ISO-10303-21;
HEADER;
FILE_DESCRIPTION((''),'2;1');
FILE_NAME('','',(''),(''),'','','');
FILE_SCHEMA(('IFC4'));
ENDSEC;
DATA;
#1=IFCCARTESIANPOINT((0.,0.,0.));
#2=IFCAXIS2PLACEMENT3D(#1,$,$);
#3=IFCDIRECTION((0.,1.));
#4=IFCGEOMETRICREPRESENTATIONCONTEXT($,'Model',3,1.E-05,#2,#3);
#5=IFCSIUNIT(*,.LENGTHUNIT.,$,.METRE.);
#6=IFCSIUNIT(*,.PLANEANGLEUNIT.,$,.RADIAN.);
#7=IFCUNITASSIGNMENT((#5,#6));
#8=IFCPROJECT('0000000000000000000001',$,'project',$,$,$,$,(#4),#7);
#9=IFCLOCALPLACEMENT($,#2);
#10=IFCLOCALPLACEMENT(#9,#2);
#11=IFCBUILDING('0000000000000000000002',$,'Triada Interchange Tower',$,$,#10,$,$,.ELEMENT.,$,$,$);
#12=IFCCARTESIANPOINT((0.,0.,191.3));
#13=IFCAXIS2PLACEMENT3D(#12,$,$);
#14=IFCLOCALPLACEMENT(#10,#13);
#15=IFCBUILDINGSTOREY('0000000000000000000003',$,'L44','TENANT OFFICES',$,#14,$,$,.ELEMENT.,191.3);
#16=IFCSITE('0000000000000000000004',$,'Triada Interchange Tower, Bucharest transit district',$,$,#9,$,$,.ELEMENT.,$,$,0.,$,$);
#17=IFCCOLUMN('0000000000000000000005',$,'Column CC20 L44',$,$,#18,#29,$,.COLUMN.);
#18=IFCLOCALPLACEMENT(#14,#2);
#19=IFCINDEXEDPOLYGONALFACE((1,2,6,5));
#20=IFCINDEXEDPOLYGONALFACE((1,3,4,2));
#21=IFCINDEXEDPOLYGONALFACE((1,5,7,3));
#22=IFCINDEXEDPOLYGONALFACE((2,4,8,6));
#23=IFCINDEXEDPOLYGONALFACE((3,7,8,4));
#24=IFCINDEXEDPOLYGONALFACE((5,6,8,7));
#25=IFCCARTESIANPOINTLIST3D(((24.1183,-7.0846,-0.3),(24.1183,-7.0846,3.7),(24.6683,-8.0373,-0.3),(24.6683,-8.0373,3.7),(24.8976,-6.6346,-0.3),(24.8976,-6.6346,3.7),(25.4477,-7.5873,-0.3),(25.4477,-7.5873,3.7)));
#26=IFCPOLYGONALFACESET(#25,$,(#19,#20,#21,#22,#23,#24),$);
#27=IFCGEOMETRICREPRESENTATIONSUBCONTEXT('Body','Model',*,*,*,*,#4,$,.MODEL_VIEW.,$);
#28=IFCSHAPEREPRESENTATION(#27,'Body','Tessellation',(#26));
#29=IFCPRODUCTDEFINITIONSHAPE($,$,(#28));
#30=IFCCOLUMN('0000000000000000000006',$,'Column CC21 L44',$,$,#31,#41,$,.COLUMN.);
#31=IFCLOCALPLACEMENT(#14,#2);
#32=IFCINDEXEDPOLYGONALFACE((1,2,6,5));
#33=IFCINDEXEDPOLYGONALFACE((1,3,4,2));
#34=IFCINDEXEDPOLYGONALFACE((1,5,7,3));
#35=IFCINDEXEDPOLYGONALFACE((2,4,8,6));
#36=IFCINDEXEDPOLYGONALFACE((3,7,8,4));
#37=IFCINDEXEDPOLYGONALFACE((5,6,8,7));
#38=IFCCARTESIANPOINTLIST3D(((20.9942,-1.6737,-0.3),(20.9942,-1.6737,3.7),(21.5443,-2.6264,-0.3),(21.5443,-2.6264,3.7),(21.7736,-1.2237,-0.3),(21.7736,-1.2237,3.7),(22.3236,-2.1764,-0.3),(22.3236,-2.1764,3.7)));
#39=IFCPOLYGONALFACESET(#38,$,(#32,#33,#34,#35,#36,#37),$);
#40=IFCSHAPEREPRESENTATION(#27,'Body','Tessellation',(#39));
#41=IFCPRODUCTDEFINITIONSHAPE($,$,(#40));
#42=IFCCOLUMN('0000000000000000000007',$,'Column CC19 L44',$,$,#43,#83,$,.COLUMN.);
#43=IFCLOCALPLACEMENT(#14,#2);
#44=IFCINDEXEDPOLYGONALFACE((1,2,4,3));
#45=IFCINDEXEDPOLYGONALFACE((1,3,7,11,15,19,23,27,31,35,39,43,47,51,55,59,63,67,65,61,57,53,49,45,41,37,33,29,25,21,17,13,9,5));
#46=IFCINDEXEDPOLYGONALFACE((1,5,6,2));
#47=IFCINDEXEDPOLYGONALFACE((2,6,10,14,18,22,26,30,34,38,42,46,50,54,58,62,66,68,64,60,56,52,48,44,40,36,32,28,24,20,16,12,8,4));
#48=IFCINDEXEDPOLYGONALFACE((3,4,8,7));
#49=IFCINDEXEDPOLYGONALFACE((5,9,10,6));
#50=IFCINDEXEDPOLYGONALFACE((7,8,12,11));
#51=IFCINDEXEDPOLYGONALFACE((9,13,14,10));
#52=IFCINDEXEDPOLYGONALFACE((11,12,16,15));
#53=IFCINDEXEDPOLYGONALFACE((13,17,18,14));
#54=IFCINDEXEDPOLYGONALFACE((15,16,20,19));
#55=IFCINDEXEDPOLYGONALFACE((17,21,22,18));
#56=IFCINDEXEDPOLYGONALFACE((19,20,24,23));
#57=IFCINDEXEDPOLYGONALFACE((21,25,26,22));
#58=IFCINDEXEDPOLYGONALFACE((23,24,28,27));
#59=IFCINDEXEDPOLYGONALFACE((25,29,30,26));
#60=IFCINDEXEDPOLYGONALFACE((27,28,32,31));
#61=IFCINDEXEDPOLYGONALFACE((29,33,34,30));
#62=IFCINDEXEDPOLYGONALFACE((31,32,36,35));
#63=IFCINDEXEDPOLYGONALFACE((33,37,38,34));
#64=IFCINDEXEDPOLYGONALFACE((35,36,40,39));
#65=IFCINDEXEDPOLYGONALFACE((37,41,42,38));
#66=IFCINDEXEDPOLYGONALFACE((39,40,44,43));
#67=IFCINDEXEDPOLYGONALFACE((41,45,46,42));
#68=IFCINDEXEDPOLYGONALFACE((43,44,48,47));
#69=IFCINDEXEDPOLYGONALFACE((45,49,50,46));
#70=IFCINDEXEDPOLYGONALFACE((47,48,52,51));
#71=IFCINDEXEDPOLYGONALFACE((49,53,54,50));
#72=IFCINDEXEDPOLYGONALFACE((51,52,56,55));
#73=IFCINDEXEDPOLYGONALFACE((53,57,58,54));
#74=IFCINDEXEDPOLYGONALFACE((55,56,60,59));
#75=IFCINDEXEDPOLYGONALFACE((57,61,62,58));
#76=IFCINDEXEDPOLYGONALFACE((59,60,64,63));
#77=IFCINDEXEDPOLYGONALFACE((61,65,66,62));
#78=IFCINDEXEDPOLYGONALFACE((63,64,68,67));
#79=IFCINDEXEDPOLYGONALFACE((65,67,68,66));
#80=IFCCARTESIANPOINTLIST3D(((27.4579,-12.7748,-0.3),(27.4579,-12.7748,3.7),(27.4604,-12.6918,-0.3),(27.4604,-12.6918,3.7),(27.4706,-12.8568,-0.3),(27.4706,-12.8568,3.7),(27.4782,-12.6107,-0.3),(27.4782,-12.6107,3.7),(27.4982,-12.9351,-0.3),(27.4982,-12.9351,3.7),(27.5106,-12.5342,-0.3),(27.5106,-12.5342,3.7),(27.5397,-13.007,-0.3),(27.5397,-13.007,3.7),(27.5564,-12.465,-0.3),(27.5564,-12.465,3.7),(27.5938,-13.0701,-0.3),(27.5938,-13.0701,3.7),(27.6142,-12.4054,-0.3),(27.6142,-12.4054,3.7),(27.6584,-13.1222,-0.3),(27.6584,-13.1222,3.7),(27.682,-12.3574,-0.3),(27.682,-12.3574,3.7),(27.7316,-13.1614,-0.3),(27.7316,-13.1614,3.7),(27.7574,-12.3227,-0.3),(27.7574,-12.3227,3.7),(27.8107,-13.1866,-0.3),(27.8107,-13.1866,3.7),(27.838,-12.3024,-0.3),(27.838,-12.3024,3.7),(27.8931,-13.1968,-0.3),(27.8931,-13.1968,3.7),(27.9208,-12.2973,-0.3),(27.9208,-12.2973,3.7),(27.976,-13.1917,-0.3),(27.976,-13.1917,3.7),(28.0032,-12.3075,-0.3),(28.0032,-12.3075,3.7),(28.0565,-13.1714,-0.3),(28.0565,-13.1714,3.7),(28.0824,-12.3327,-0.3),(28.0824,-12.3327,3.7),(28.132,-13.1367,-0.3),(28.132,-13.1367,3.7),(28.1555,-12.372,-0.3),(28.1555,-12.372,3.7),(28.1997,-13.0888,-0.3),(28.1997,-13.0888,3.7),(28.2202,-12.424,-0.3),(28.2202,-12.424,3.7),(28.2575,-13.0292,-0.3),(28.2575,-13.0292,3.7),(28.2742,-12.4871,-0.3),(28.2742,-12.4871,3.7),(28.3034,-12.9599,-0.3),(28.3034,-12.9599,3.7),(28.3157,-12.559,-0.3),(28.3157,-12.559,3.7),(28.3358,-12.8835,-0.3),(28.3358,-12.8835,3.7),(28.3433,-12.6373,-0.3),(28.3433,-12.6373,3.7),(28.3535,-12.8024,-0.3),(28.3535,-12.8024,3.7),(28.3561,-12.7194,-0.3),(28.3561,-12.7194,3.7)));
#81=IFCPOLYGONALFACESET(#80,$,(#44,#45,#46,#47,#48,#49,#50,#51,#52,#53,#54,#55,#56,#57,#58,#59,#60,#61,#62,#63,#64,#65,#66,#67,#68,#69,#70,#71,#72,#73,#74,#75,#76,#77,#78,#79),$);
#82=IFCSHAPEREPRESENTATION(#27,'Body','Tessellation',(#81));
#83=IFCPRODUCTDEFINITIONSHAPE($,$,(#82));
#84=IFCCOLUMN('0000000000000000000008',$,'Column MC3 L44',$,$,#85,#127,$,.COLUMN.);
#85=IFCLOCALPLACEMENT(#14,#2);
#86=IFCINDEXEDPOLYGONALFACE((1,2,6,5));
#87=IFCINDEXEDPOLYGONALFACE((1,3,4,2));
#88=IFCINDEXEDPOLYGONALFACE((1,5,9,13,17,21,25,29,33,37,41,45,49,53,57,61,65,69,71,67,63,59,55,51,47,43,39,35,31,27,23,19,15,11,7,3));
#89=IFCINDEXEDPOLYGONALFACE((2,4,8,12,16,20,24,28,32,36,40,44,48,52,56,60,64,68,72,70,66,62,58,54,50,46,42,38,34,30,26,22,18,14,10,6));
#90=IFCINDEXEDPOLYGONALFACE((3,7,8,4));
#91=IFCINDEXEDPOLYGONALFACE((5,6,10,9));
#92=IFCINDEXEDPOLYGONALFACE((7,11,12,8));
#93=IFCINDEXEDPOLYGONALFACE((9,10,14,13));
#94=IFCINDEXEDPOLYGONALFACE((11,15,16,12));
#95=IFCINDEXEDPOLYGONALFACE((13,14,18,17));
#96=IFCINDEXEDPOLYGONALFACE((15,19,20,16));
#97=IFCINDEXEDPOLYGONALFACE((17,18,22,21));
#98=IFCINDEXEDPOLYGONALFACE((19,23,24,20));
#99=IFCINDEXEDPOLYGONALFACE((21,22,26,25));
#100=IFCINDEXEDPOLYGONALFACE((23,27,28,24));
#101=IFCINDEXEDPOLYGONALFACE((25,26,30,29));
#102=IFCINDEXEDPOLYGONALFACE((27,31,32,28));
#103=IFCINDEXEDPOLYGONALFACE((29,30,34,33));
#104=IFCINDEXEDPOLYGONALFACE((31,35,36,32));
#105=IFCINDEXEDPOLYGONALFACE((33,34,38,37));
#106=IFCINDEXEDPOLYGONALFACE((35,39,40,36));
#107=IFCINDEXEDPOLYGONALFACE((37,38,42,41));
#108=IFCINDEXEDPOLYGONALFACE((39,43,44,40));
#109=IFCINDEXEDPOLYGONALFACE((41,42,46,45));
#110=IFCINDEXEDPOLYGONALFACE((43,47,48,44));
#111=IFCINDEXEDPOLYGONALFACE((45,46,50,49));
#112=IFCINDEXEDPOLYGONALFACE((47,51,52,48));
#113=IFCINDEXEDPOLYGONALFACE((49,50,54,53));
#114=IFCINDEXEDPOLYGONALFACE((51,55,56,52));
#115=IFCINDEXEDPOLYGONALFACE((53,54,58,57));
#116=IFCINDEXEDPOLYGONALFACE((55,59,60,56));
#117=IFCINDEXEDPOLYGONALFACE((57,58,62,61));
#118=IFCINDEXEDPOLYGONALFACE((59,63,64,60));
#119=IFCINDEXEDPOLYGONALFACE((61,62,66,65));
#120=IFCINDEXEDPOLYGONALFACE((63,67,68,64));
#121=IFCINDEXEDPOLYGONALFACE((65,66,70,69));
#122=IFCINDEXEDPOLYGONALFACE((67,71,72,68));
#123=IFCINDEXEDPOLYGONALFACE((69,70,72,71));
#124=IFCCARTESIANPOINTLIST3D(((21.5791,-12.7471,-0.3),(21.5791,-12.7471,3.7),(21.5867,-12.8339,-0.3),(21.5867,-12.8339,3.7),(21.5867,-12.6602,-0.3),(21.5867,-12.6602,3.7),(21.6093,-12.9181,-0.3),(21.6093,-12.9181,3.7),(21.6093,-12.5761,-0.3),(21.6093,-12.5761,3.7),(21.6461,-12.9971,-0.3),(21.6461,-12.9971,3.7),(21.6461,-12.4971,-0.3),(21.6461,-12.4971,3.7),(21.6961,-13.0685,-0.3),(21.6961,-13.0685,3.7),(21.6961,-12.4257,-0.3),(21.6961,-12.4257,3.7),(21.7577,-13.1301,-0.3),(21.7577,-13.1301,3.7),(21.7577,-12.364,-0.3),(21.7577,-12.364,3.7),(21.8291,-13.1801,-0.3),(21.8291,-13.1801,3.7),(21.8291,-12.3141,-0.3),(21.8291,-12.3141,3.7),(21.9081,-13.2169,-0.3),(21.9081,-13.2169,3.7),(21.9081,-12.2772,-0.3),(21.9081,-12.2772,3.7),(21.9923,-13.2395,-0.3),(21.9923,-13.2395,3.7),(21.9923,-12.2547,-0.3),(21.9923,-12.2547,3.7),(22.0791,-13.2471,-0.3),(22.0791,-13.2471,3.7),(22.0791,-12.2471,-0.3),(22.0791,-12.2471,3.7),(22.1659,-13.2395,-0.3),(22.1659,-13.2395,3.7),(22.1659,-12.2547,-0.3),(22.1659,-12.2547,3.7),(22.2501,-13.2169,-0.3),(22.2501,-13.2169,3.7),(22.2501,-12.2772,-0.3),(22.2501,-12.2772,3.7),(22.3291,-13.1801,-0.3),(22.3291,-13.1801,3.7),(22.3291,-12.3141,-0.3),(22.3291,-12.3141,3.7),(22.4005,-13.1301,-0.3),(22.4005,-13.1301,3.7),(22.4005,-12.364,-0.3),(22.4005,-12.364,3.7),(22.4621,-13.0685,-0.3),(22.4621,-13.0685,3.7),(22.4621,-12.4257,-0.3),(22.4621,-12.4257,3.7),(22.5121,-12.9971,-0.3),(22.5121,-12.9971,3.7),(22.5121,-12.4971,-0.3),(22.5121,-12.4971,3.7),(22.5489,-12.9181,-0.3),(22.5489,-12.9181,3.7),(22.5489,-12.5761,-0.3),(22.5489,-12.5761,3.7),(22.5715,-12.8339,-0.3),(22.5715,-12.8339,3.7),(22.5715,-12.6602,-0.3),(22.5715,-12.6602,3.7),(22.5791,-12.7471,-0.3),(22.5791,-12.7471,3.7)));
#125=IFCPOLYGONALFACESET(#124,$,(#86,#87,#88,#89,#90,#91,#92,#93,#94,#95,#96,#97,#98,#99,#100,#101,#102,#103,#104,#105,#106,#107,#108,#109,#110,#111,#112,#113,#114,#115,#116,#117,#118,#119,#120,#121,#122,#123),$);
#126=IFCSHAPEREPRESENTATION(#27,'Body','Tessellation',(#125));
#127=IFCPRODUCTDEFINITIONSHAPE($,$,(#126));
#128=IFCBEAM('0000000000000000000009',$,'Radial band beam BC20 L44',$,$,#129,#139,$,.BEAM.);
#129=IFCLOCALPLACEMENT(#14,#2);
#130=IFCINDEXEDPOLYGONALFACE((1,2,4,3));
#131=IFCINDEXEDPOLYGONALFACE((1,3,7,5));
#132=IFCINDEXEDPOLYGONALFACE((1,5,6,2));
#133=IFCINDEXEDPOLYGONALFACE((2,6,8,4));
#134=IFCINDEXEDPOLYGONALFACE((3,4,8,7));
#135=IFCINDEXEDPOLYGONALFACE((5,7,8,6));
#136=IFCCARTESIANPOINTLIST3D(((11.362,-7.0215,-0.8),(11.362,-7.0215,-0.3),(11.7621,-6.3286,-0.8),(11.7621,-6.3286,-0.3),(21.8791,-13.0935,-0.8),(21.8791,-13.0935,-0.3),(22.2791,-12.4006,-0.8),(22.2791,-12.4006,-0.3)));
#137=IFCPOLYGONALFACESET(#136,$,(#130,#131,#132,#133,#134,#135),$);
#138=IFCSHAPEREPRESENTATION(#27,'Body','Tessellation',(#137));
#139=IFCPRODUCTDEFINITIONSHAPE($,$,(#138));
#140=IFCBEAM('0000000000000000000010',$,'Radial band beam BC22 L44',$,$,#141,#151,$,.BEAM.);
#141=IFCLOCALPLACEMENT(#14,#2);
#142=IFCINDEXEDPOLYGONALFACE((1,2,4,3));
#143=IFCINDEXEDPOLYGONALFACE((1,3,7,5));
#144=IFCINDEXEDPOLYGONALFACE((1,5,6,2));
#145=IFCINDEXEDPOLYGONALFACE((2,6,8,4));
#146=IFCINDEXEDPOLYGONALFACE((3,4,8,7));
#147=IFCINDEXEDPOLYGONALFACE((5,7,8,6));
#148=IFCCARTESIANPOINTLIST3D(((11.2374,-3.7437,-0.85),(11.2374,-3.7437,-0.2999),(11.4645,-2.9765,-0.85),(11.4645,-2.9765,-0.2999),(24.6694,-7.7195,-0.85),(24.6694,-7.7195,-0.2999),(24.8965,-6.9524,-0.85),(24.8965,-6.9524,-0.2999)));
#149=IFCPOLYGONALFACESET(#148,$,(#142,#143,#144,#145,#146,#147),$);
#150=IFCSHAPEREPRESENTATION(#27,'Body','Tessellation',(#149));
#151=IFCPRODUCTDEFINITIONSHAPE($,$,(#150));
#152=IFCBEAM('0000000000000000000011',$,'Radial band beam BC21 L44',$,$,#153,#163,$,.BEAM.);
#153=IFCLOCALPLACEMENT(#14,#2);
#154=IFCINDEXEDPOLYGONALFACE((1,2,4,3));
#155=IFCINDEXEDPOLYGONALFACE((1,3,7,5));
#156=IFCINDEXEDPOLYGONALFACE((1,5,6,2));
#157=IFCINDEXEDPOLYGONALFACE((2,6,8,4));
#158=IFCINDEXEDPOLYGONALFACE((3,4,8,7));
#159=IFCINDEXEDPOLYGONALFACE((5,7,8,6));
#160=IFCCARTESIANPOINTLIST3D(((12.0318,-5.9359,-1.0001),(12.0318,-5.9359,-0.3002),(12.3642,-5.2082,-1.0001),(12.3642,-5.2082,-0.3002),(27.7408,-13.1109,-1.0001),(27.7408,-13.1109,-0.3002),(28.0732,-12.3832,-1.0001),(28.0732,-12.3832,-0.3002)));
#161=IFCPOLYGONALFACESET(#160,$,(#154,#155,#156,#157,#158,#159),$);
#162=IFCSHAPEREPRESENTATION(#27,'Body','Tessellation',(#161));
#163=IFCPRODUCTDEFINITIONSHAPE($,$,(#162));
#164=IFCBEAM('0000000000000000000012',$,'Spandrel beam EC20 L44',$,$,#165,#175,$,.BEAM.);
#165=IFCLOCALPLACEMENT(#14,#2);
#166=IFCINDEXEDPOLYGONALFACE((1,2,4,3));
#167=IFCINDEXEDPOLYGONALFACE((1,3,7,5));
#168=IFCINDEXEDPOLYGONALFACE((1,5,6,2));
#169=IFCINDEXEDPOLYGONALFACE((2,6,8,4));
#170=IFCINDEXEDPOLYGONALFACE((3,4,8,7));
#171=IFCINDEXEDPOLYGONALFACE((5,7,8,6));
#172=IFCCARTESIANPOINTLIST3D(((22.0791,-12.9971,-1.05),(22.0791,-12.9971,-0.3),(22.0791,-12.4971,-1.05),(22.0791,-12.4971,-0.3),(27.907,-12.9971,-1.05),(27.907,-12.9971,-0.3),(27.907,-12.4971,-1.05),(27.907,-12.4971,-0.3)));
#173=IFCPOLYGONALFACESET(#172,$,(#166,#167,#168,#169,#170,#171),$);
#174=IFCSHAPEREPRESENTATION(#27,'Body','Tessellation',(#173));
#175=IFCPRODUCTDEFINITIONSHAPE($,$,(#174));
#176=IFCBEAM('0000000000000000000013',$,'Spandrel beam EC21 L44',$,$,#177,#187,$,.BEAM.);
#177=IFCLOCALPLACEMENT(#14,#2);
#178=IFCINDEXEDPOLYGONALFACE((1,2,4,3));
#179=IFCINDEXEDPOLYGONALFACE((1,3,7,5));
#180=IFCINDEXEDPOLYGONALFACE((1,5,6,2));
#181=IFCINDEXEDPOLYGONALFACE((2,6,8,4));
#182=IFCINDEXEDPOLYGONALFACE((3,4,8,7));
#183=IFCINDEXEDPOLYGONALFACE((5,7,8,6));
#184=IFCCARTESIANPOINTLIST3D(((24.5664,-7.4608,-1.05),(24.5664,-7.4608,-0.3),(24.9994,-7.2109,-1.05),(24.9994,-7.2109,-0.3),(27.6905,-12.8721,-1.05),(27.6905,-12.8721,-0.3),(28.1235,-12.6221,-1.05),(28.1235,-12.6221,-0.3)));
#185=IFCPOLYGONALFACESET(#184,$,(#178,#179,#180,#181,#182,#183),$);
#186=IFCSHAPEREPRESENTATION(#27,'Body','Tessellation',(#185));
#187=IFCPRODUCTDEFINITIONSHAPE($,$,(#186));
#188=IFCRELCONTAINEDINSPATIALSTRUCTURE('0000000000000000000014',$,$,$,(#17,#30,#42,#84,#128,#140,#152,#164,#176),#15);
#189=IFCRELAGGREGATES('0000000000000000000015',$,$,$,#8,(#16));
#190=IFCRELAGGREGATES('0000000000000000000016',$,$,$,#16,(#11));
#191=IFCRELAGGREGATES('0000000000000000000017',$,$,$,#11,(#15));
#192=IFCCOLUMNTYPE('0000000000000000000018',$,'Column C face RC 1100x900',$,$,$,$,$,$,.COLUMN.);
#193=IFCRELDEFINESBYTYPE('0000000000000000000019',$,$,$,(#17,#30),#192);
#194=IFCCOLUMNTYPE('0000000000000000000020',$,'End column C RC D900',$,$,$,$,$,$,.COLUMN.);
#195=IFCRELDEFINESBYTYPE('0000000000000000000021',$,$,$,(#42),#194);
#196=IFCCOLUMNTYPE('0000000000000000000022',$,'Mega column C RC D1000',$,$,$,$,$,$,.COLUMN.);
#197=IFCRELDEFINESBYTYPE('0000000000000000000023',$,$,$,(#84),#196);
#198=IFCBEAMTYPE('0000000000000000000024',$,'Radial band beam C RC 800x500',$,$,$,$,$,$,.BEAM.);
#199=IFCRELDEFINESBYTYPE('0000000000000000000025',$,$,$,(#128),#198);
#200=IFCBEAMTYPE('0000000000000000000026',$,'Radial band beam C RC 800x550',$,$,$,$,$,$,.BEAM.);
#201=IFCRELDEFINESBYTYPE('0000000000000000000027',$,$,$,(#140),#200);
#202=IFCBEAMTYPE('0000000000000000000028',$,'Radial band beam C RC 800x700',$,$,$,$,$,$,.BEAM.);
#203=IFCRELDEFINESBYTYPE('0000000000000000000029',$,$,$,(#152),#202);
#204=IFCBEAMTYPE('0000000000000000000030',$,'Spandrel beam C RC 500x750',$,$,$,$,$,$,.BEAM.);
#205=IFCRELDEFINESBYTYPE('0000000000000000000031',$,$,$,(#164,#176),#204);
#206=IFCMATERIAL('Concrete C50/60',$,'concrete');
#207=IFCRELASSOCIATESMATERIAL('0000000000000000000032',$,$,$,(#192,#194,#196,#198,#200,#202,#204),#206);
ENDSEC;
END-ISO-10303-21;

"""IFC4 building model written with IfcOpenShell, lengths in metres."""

from ifc_helpers import new_model, si_unit, direction, frame, origin, origin_2d, place, context, subcontext, project, spatial, rectangle, circle, extrude, material, material_profile, profile_set, type_object, element, save


model = new_model("IFC4")

# Units and contexts
model_context = context("Model", 3, precision=1e-05, world=origin(), true_north=direction((0.0, 1.0)))
body_context = subcontext(model_context, "Body", "Model", "MODEL_VIEW")
ifc_project = project(units=[si_unit("LENGTHUNIT", "METRE"), si_unit("PLANEANGLEUNIT", "RADIAN")], contexts=[model_context])

# Site, building, storey
site_placement = place(None, origin())
site = spatial("IfcSite", under=ifc_project, at=site_placement, Name="Triada Interchange Tower, Bucharest transit district", CompositionType="ELEMENT", RefElevation=0.0)
building_placement = place(site_placement, origin())
building = spatial("IfcBuilding", under=site, at=building_placement, Name="Triada Interchange Tower", CompositionType="ELEMENT")
storey_placement = place(building_placement, frame((0.0, 0.0, 191.3)))
storey = spatial("IfcBuildingStorey", under=building, at=storey_placement, Name="L44", Description="TENANT OFFICES", CompositionType="ELEMENT", Elevation=191.3)

# Columns
ifc_material_1 = material(Name="Concrete C50/60", Category="concrete")
ifc_material_profile_1 = material_profile(ifc_material_1, rectangle(XDim=1.1001, YDim=0.8999, at=origin_2d()), Name="RC 1100x900")
ifc_profile_set_1 = profile_set([ifc_material_profile_1], Name="Concrete C50/60")
column_type_1 = type_object("IfcColumnType", Name="Column C face RC 1100x900", PredefinedType="COLUMN", material=ifc_profile_set_1)
for number, where, z_axis, x_axis, name in (
    (1, (24.783, -7.3359, -0.3), (0.0, 0.0, 1.0), (-0.5, 0.866025, 0.0), "Column CC20 L44"),
    (2, (21.6589, -1.925, -0.3), (0.0, 0.0, 1.0), (-0.5, 0.866025, 0.0), "Column CC21 L44"),
):
    element("IfcColumn", number, at=place(storey_placement, frame(where, z_axis=z_axis, x_axis=x_axis)), inside=storey, type_object=column_type_1, Name=name, PredefinedType="COLUMN", context=body_context, shape_type="SweptSolid", body=[
        extrude(rectangle(XDim=1.1001, YDim=0.8999, at=origin_2d()), origin(), (0.0, 0.0, 1.0), 4.0),
    ])
ifc_material_profile_2 = material_profile(ifc_material_1, circle(Radius=0.45, at=origin_2d()), Name="RC D900")
ifc_profile_set_2 = profile_set([ifc_material_profile_2], Name="Concrete C50/60")
column_type_2 = type_object("IfcColumnType", Name="End column C RC D900", PredefinedType="COLUMN", material=ifc_profile_set_2)
column_1_placement = place(storey_placement, frame((27.907, -12.7471, -0.3), z_axis=(0.0, 0.0, 1.0), x_axis=(-0.5, 0.866025, 0.0)))
element("IfcColumn", 3, at=column_1_placement, inside=storey, type_object=column_type_2, Name="Column CC19 L44", PredefinedType="COLUMN", context=body_context, shape_type="SweptSolid", body=[
    extrude(circle(Radius=0.45, at=origin_2d()), origin(), (0.0, 0.0, 1.0), 4.0),
])
ifc_material_profile_3 = material_profile(ifc_material_1, circle(Radius=0.5, at=origin_2d()), Name="RC D1000")
ifc_profile_set_3 = profile_set([ifc_material_profile_3], Name="Concrete C50/60")
column_type_3 = type_object("IfcColumnType", Name="Mega column C RC D1000", PredefinedType="COLUMN", material=ifc_profile_set_3)
column_2_placement = place(storey_placement, frame((22.0791, -12.7471, -0.3), z_axis=(0.0, 0.0, 1.0), x_axis=(1.0, 0.0, 0.0)))
element("IfcColumn", 4, at=column_2_placement, inside=storey, type_object=column_type_3, Name="Column MC3 L44", PredefinedType="COLUMN", context=body_context, shape_type="SweptSolid", body=[
    extrude(circle(Radius=0.5, at=origin_2d()), origin(), (0.0, 0.0, 1.0), 4.0),
])

# Beams
ifc_material_profile_4 = material_profile(ifc_material_1, rectangle(XDim=0.8, YDim=0.5, at=origin_2d()), Name="RC 800x500")
ifc_profile_set_4 = profile_set([ifc_material_profile_4], Name="Concrete C50/60")
beam_type_1 = type_object("IfcBeamType", Name="Radial band beam C RC 800x500", PredefinedType="BEAM", material=ifc_profile_set_4)
beam_1_placement = place(storey_placement, frame((22.0791, -12.7471, -0.55), z_axis=(-0.866026, 0.499999, 0.0), x_axis=(-0.499999, -0.866026, 0.0)))
element("IfcBeam", 5, at=beam_1_placement, inside=storey, type_object=beam_type_1, Name="Radial band beam BC20 L44", PredefinedType="BEAM", context=body_context, shape_type="SweptSolid", body=[
    extrude(rectangle(XDim=0.8, YDim=0.5, at=origin_2d()), origin(), (0.0, 0.0, 1.0), 12.144),
])
ifc_material_profile_5 = material_profile(ifc_material_1, rectangle(XDim=0.8, YDim=0.55, at=origin_2d()), Name="RC 800x550")
ifc_profile_set_5 = profile_set([ifc_material_profile_5], Name="Concrete C50/60")
beam_type_2 = type_object("IfcBeamType", Name="Radial band beam C RC 800x550", PredefinedType="BEAM", material=ifc_profile_set_5)
beam_2_placement = place(storey_placement, frame((24.783, -7.3359, -0.575), z_axis=(-0.958876, 0.283827, 0.0), x_axis=(-0.283827, -0.958876, 0.0)))
element("IfcBeam", 6, at=beam_2_placement, inside=storey, type_object=beam_type_2, Name="Radial band beam BC22 L44", PredefinedType="BEAM", context=body_context, shape_type="SweptSolid", body=[
    extrude(rectangle(XDim=0.8, YDim=0.55, at=origin_2d()), origin(), (0.0, 0.0, 1.0), 14.0081),
])
ifc_material_profile_6 = material_profile(ifc_material_1, rectangle(XDim=0.8, YDim=0.7, at=origin_2d()), Name="RC 800x700")
ifc_profile_set_6 = profile_set([ifc_material_profile_6], Name="Concrete C50/60")
beam_type_3 = type_object("IfcBeamType", Name="Radial band beam C RC 800x700", PredefinedType="BEAM", material=ifc_profile_set_6)
beam_3_placement = place(storey_placement, frame((27.907, -12.7471, -0.6501), z_axis=(-0.90961, 0.415463, 0.0), x_axis=(-0.415463, -0.90961, 0.0)))
element("IfcBeam", 7, at=beam_3_placement, inside=storey, type_object=beam_type_3, Name="Radial band beam BC21 L44", PredefinedType="BEAM", context=body_context, shape_type="SweptSolid", body=[
    extrude(rectangle(XDim=0.8, YDim=0.7, at=origin_2d()), origin(), (0.0, 0.0, 1.0), 17.27),
])
ifc_material_profile_7 = material_profile(ifc_material_1, rectangle(XDim=0.5, YDim=0.75, at=origin_2d()), Name="RC 500x750")
ifc_profile_set_7 = profile_set([ifc_material_profile_7], Name="Concrete C50/60")
beam_type_4 = type_object("IfcBeamType", Name="Spandrel beam C RC 500x750", PredefinedType="BEAM", material=ifc_profile_set_7)
beam_4_placement = place(storey_placement, frame((22.0791, -12.7471, -0.675), z_axis=(1.0, 0.0, 0.0), x_axis=(0.0, 1.0, 0.0)))
element("IfcBeam", 8, at=beam_4_placement, inside=storey, type_object=beam_type_4, Name="Spandrel beam EC20 L44", PredefinedType="BEAM", context=body_context, shape_type="SweptSolid", body=[
    extrude(rectangle(XDim=0.5, YDim=0.75, at=origin_2d()), origin(), (0.0, 0.0, 1.0), 5.8279),
])
beam_5_placement = place(storey_placement, frame((27.907, -12.7471, -0.675), z_axis=(-0.499989, 0.866032, 0.0), x_axis=(-0.866032, -0.499989, 0.0)))
element("IfcBeam", 9, at=beam_5_placement, inside=storey, type_object=beam_type_4, Name="Spandrel beam EC21 L44", PredefinedType="BEAM", context=body_context, shape_type="SweptSolid", body=[
    extrude(rectangle(XDim=0.5, YDim=0.75, at=origin_2d()), origin(), (0.0, 0.0, 1.0), 6.2483),
])

save(model, "model.ifc")
